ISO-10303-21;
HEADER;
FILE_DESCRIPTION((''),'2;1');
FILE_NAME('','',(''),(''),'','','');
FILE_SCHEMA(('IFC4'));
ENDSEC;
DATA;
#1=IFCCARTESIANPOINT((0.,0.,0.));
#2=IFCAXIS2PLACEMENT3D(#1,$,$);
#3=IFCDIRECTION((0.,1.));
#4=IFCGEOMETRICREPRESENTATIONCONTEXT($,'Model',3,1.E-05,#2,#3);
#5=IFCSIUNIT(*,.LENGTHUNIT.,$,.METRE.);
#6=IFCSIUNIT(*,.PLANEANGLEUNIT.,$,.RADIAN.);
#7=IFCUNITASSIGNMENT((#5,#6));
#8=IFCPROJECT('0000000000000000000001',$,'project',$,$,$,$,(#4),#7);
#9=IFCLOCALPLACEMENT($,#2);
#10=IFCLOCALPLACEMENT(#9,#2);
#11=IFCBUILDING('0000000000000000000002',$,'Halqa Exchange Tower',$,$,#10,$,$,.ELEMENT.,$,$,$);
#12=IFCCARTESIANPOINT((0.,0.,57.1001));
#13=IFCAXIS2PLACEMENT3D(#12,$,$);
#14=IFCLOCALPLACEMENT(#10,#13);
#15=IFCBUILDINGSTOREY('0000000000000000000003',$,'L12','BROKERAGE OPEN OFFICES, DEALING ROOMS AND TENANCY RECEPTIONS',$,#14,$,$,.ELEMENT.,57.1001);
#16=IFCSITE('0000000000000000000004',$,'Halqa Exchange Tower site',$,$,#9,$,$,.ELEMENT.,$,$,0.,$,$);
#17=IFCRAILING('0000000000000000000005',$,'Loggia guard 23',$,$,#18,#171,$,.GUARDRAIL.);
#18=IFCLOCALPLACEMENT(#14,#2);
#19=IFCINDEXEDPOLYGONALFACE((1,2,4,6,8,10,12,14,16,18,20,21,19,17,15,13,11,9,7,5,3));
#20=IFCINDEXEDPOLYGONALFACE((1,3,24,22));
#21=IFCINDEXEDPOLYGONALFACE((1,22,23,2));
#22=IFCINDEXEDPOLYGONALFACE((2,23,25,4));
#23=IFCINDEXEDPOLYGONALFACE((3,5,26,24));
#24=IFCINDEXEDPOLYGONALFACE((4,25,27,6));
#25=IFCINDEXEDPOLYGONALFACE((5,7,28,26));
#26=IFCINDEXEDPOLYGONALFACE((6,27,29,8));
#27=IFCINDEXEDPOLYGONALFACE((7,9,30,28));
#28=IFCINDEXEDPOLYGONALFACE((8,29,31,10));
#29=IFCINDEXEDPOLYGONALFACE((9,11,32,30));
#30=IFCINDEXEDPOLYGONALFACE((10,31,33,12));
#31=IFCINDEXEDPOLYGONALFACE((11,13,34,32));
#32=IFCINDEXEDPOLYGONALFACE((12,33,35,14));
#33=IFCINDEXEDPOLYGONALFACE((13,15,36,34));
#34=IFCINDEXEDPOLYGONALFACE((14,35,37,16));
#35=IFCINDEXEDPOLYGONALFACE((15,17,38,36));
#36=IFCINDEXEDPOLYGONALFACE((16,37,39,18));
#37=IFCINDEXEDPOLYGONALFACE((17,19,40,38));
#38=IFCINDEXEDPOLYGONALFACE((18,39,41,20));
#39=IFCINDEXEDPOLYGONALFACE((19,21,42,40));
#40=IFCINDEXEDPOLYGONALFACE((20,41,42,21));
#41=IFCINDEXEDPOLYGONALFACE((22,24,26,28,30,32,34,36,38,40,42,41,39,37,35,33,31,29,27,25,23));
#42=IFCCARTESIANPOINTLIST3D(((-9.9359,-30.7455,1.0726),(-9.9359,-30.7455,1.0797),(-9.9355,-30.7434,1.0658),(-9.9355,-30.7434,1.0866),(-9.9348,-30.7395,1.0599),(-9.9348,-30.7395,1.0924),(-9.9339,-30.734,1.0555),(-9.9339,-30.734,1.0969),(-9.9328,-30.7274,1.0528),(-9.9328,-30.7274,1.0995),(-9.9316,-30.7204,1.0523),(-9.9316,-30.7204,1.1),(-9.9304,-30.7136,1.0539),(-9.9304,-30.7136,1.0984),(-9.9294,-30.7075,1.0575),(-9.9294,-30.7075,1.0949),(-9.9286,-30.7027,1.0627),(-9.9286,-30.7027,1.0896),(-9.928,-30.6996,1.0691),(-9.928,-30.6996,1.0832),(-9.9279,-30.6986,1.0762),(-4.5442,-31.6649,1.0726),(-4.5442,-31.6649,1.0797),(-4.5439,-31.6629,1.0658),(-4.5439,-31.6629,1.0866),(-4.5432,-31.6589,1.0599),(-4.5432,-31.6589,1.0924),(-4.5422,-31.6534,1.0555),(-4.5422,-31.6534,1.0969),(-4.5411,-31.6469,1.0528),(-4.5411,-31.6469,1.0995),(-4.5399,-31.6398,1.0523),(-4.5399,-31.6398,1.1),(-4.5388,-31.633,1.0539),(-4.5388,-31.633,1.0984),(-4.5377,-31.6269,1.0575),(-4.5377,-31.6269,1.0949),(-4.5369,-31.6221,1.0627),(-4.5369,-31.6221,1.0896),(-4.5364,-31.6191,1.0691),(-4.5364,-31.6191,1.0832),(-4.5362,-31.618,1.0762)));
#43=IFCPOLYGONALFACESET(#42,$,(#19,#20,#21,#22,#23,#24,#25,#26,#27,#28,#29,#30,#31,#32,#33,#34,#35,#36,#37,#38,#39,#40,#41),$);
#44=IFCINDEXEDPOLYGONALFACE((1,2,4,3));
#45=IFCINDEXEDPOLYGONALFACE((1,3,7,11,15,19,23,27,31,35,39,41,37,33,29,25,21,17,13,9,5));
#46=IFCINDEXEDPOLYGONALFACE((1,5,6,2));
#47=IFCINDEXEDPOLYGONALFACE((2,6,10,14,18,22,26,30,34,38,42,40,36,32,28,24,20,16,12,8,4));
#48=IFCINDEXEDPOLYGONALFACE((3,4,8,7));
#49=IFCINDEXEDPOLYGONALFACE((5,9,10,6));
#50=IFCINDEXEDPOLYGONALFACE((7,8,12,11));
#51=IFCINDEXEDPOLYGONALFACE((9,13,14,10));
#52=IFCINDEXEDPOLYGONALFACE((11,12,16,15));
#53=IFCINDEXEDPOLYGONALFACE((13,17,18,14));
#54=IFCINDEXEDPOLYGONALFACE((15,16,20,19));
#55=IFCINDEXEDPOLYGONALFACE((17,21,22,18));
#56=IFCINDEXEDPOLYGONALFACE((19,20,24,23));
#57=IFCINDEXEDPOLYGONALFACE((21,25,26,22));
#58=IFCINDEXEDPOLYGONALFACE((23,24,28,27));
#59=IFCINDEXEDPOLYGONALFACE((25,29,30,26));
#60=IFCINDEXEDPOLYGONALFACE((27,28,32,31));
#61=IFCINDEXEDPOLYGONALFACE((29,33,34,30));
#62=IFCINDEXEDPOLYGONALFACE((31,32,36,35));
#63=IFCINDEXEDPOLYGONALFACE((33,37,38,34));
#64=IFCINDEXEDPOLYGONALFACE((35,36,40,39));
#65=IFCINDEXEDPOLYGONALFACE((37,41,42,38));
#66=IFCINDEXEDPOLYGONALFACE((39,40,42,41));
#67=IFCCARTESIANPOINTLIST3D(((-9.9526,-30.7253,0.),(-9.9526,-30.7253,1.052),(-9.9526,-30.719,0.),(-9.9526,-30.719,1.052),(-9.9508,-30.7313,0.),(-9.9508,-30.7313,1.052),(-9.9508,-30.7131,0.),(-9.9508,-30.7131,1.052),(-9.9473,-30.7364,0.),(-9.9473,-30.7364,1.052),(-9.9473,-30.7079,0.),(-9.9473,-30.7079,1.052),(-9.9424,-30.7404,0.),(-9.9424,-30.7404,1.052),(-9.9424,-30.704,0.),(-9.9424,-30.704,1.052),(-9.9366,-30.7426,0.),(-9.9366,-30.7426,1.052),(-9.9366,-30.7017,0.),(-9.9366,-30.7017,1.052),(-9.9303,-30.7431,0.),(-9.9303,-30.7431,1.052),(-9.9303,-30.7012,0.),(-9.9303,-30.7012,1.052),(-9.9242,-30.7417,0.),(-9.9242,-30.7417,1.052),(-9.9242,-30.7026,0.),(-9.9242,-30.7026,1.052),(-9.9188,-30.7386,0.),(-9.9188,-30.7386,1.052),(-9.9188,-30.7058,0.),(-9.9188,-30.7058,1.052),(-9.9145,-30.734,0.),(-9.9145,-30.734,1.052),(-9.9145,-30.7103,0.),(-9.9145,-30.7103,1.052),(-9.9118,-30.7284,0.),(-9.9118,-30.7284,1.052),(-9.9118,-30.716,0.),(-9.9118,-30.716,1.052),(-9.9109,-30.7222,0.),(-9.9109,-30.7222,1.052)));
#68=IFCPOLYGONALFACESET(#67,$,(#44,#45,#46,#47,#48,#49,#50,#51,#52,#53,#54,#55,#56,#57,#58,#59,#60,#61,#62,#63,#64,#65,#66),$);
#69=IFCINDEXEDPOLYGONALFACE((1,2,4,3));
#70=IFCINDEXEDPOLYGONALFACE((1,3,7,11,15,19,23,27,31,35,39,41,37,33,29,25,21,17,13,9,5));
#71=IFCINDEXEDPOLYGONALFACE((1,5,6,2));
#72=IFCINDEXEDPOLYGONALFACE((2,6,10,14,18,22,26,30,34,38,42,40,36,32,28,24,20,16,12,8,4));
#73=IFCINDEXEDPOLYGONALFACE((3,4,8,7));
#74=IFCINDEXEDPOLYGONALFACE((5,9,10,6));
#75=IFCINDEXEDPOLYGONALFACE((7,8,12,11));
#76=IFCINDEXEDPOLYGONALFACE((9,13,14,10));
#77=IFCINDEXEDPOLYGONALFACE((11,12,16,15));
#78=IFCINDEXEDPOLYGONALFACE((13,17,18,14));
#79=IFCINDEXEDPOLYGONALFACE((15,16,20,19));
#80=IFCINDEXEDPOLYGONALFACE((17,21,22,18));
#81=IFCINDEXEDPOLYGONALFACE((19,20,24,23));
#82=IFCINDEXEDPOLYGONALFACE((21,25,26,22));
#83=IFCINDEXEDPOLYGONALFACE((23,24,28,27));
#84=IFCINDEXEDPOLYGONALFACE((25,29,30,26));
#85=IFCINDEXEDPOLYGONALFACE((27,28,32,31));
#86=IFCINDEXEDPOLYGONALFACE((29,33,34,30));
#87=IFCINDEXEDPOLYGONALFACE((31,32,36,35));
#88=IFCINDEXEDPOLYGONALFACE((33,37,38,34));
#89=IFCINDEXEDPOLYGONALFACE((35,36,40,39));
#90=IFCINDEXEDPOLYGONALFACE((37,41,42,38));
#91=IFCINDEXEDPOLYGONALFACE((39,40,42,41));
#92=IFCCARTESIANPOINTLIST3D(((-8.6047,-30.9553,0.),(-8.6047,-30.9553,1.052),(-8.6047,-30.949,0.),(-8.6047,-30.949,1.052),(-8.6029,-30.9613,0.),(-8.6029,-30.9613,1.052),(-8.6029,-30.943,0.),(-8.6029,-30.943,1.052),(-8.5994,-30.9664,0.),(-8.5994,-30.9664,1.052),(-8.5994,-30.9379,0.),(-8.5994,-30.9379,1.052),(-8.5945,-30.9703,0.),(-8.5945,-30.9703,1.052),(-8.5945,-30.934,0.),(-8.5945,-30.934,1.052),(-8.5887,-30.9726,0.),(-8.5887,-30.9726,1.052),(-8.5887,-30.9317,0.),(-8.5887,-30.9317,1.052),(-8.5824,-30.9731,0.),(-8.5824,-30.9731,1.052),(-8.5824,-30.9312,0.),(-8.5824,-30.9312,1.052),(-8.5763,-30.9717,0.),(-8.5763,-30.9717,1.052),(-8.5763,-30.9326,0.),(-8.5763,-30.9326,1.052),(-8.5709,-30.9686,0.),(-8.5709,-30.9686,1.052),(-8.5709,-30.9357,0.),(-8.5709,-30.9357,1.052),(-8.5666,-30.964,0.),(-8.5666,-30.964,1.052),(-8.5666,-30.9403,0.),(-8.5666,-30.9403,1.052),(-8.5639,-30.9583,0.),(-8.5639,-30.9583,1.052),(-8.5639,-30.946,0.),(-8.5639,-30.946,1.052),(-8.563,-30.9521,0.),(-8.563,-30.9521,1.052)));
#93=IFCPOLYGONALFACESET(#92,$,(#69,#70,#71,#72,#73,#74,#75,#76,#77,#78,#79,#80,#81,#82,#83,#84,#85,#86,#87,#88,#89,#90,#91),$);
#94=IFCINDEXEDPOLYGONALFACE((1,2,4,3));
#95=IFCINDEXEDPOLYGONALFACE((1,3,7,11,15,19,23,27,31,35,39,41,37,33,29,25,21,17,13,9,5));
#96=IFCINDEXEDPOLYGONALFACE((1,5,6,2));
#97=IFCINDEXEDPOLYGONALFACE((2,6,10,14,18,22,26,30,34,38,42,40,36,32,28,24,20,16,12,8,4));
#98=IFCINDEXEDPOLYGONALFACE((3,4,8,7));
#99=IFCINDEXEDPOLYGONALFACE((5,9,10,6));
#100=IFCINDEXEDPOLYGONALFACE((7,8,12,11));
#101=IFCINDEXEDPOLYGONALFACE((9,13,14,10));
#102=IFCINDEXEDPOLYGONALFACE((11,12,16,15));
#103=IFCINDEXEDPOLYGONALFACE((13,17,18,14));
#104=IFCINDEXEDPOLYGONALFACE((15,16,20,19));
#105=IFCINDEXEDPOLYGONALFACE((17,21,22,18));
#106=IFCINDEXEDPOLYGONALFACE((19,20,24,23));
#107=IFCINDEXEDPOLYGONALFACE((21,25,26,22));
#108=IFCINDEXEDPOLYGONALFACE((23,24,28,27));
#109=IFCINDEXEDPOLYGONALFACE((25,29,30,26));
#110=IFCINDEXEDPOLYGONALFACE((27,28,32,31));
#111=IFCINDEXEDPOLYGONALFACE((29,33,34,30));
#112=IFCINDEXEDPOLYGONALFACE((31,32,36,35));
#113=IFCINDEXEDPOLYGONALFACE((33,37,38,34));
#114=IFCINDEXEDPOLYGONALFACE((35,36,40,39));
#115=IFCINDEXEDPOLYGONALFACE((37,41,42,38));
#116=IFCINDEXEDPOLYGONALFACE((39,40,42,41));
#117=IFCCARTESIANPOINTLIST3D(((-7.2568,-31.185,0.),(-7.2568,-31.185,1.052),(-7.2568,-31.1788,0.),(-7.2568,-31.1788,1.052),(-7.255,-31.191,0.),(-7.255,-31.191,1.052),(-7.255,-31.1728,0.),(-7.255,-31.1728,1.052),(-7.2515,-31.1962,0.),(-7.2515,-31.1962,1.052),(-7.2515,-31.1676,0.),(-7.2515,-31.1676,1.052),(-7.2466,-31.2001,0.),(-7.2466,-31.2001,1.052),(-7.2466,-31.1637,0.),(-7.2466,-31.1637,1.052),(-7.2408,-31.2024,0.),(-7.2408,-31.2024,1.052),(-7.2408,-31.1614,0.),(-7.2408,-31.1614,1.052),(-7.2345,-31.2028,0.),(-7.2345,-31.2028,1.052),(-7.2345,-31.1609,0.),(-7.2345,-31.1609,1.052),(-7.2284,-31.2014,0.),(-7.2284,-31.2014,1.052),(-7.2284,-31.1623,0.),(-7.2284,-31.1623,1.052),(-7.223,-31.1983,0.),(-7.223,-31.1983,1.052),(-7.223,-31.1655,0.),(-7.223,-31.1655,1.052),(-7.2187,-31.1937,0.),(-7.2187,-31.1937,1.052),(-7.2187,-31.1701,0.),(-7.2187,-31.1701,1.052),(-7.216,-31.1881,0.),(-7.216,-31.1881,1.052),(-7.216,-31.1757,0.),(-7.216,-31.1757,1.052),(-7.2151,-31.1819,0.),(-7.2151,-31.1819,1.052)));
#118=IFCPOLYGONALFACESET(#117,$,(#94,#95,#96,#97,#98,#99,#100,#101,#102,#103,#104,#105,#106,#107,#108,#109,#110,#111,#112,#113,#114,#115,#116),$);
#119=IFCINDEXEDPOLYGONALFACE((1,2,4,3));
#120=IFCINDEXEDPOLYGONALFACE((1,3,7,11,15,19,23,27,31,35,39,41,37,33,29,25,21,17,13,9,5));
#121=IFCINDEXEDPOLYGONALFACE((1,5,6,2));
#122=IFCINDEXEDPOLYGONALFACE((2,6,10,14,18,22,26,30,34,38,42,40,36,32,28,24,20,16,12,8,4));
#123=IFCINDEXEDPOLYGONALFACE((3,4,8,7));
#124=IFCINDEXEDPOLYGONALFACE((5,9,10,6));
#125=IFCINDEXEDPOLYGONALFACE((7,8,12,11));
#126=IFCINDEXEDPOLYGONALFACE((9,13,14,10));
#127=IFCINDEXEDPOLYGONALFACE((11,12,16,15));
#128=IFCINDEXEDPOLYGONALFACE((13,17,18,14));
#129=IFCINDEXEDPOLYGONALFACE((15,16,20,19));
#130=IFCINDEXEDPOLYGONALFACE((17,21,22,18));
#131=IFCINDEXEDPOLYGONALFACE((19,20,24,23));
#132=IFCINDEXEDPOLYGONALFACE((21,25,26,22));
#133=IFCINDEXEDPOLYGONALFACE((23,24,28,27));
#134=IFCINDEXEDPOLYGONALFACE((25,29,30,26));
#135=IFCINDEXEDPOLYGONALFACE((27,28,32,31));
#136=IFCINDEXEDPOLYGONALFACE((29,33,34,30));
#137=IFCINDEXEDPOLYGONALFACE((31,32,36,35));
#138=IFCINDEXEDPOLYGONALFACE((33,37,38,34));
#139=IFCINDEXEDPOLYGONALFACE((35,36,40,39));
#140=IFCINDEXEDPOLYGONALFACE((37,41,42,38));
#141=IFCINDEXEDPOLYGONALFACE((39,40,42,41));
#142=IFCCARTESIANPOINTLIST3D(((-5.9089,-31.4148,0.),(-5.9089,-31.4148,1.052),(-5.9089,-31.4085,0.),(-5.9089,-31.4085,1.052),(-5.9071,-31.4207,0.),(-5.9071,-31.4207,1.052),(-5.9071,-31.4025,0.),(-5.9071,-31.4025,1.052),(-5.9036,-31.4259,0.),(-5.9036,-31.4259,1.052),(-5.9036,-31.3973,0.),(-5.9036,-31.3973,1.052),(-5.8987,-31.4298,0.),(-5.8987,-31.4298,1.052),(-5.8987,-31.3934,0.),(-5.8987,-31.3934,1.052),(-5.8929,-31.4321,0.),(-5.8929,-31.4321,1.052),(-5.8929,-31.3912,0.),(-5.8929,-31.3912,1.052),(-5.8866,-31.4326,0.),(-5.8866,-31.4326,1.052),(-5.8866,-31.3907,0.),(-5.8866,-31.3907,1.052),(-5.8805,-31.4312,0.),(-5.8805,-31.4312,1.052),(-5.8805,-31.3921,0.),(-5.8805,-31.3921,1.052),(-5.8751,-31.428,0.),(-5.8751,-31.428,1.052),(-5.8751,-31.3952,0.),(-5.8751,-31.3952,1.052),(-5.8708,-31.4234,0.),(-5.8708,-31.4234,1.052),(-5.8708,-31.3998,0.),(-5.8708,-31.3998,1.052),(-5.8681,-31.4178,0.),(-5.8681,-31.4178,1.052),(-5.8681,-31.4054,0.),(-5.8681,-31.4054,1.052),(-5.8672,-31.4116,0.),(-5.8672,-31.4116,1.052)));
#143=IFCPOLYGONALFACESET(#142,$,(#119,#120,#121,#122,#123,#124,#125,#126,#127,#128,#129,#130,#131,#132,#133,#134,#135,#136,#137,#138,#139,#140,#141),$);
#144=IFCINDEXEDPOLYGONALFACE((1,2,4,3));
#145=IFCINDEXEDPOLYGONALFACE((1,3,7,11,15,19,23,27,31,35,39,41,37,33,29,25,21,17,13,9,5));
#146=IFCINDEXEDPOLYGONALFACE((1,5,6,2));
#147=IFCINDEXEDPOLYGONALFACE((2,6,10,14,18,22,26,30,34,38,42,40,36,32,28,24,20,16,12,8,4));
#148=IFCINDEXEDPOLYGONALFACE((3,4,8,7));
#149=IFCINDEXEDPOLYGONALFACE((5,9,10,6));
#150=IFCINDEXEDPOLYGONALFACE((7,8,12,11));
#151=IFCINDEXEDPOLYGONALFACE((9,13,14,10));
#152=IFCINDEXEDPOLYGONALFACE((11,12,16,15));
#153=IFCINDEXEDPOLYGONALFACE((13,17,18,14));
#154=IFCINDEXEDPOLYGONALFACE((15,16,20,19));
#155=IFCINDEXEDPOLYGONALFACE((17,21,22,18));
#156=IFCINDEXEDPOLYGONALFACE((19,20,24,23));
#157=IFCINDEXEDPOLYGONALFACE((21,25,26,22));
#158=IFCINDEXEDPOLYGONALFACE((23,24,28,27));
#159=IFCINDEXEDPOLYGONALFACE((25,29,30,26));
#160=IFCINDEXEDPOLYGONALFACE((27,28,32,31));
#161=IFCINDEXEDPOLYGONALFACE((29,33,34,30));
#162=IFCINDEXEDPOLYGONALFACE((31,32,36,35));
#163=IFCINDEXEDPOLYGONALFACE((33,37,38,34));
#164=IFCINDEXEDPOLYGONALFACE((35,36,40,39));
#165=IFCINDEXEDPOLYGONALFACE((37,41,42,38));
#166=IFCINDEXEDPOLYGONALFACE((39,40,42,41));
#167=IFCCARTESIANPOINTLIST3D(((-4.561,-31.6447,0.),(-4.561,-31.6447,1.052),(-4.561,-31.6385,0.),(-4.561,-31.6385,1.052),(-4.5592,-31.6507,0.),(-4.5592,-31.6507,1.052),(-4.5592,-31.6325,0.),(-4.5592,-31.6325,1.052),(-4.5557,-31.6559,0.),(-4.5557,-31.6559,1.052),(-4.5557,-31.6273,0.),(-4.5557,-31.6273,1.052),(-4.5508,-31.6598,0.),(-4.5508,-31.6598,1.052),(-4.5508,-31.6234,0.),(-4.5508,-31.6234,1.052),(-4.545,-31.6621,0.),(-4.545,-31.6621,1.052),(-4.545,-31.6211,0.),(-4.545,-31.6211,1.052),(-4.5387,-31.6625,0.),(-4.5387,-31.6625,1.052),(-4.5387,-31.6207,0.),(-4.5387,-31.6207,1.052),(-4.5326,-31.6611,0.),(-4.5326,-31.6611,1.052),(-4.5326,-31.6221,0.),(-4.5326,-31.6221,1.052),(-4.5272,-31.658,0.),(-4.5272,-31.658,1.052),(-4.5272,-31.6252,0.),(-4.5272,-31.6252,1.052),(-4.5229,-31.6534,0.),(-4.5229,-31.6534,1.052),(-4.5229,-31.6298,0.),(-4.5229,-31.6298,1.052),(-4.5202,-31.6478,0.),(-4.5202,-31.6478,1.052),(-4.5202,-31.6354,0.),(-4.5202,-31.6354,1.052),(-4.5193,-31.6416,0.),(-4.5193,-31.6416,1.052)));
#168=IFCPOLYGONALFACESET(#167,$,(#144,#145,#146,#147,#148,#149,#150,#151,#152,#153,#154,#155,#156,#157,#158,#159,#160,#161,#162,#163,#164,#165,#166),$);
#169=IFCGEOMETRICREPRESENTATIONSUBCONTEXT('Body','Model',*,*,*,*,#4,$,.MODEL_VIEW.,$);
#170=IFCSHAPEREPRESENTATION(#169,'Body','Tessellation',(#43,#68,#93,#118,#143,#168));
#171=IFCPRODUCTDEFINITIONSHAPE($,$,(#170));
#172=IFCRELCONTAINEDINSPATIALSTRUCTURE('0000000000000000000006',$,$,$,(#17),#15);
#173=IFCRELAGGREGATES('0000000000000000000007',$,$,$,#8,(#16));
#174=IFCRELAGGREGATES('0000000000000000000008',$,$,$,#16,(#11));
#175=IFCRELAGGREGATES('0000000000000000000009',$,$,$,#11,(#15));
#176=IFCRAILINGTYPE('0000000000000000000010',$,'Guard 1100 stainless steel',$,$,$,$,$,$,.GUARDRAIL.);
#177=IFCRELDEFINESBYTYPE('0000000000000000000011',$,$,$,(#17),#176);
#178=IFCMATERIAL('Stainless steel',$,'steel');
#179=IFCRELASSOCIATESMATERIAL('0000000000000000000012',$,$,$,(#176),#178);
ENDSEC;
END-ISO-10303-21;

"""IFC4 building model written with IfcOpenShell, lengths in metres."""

from ifc_helpers import new_model, si_unit, direction, frame, origin, origin_2d, place, context, subcontext, project, spatial, circle, extrude, material, type_object, element, save


model = new_model("IFC4")

# Units and contexts
model_context = context("Model", 3, precision=1e-05, world=origin(), true_north=direction((0.0, 1.0)))
body_context = subcontext(model_context, "Body", "Model", "MODEL_VIEW")
ifc_project = project(units=[si_unit("LENGTHUNIT", "METRE"), si_unit("PLANEANGLEUNIT", "RADIAN")], contexts=[model_context])

# Site, building, storey
site_placement = place(None, origin())
site = spatial("IfcSite", under=ifc_project, at=site_placement, Name="Halqa Exchange Tower site", CompositionType="ELEMENT", RefElevation=0.0)
building_placement = place(site_placement, origin())
building = spatial("IfcBuilding", under=site, at=building_placement, Name="Halqa Exchange Tower", CompositionType="ELEMENT")
storey_placement = place(building_placement, frame((0.0, 0.0, 57.1001)))
storey = spatial("IfcBuildingStorey", under=building, at=storey_placement, Name="L12", Description="BROKERAGE OPEN OFFICES, DEALING ROOMS AND TENANCY RECEPTIONS", CompositionType="ELEMENT", Elevation=57.1001)

# Railing
ifc_material_1 = material(Name="Stainless steel", Category="steel")
railing_type = type_object("IfcRailingType", Name="Guard 1100 stainless steel", PredefinedType="GUARDRAIL", material=ifc_material_1)
railing_1_placement = place(storey_placement, frame((-9.9319, -30.7222, 0.0)))
element("IfcRailing", 1, at=railing_1_placement, inside=storey, type_object=railing_type, Name="Loggia guard 23", PredefinedType="GUARDRAIL", context=body_context, shape_type="SweptSolid", body=[
    extrude(circle(Radius=0.0239, at=origin_2d()), frame((0.0, 0.0, 1.0762), z_axis=(0.985769, -0.168104, 0.0), x_axis=(0.168104, 0.985769, 0.0)), (0.0, 0.0, 1.0), 5.4695),
    extrude(circle(Radius=0.021, at=origin_2d()), origin(), (0.0, 0.0, 1.0), 1.052),
    extrude(circle(Radius=0.021, at=origin_2d()), frame((1.3479, -0.23, 0.0)), (0.0, 0.0, 1.0), 1.052),
    extrude(circle(Radius=0.021, at=origin_2d()), frame((2.6958, -0.4597, 0.0)), (0.0, 0.0, 1.0), 1.052),
    extrude(circle(Radius=0.021, at=origin_2d()), frame((4.0437, -0.6895, 0.0)), (0.0, 0.0, 1.0), 1.052),
    extrude(circle(Radius=0.021, at=origin_2d()), frame((5.3916, -0.9194, 0.0)), (0.0, 0.0, 1.0), 1.052),
])

save(model, "model.ifc")
